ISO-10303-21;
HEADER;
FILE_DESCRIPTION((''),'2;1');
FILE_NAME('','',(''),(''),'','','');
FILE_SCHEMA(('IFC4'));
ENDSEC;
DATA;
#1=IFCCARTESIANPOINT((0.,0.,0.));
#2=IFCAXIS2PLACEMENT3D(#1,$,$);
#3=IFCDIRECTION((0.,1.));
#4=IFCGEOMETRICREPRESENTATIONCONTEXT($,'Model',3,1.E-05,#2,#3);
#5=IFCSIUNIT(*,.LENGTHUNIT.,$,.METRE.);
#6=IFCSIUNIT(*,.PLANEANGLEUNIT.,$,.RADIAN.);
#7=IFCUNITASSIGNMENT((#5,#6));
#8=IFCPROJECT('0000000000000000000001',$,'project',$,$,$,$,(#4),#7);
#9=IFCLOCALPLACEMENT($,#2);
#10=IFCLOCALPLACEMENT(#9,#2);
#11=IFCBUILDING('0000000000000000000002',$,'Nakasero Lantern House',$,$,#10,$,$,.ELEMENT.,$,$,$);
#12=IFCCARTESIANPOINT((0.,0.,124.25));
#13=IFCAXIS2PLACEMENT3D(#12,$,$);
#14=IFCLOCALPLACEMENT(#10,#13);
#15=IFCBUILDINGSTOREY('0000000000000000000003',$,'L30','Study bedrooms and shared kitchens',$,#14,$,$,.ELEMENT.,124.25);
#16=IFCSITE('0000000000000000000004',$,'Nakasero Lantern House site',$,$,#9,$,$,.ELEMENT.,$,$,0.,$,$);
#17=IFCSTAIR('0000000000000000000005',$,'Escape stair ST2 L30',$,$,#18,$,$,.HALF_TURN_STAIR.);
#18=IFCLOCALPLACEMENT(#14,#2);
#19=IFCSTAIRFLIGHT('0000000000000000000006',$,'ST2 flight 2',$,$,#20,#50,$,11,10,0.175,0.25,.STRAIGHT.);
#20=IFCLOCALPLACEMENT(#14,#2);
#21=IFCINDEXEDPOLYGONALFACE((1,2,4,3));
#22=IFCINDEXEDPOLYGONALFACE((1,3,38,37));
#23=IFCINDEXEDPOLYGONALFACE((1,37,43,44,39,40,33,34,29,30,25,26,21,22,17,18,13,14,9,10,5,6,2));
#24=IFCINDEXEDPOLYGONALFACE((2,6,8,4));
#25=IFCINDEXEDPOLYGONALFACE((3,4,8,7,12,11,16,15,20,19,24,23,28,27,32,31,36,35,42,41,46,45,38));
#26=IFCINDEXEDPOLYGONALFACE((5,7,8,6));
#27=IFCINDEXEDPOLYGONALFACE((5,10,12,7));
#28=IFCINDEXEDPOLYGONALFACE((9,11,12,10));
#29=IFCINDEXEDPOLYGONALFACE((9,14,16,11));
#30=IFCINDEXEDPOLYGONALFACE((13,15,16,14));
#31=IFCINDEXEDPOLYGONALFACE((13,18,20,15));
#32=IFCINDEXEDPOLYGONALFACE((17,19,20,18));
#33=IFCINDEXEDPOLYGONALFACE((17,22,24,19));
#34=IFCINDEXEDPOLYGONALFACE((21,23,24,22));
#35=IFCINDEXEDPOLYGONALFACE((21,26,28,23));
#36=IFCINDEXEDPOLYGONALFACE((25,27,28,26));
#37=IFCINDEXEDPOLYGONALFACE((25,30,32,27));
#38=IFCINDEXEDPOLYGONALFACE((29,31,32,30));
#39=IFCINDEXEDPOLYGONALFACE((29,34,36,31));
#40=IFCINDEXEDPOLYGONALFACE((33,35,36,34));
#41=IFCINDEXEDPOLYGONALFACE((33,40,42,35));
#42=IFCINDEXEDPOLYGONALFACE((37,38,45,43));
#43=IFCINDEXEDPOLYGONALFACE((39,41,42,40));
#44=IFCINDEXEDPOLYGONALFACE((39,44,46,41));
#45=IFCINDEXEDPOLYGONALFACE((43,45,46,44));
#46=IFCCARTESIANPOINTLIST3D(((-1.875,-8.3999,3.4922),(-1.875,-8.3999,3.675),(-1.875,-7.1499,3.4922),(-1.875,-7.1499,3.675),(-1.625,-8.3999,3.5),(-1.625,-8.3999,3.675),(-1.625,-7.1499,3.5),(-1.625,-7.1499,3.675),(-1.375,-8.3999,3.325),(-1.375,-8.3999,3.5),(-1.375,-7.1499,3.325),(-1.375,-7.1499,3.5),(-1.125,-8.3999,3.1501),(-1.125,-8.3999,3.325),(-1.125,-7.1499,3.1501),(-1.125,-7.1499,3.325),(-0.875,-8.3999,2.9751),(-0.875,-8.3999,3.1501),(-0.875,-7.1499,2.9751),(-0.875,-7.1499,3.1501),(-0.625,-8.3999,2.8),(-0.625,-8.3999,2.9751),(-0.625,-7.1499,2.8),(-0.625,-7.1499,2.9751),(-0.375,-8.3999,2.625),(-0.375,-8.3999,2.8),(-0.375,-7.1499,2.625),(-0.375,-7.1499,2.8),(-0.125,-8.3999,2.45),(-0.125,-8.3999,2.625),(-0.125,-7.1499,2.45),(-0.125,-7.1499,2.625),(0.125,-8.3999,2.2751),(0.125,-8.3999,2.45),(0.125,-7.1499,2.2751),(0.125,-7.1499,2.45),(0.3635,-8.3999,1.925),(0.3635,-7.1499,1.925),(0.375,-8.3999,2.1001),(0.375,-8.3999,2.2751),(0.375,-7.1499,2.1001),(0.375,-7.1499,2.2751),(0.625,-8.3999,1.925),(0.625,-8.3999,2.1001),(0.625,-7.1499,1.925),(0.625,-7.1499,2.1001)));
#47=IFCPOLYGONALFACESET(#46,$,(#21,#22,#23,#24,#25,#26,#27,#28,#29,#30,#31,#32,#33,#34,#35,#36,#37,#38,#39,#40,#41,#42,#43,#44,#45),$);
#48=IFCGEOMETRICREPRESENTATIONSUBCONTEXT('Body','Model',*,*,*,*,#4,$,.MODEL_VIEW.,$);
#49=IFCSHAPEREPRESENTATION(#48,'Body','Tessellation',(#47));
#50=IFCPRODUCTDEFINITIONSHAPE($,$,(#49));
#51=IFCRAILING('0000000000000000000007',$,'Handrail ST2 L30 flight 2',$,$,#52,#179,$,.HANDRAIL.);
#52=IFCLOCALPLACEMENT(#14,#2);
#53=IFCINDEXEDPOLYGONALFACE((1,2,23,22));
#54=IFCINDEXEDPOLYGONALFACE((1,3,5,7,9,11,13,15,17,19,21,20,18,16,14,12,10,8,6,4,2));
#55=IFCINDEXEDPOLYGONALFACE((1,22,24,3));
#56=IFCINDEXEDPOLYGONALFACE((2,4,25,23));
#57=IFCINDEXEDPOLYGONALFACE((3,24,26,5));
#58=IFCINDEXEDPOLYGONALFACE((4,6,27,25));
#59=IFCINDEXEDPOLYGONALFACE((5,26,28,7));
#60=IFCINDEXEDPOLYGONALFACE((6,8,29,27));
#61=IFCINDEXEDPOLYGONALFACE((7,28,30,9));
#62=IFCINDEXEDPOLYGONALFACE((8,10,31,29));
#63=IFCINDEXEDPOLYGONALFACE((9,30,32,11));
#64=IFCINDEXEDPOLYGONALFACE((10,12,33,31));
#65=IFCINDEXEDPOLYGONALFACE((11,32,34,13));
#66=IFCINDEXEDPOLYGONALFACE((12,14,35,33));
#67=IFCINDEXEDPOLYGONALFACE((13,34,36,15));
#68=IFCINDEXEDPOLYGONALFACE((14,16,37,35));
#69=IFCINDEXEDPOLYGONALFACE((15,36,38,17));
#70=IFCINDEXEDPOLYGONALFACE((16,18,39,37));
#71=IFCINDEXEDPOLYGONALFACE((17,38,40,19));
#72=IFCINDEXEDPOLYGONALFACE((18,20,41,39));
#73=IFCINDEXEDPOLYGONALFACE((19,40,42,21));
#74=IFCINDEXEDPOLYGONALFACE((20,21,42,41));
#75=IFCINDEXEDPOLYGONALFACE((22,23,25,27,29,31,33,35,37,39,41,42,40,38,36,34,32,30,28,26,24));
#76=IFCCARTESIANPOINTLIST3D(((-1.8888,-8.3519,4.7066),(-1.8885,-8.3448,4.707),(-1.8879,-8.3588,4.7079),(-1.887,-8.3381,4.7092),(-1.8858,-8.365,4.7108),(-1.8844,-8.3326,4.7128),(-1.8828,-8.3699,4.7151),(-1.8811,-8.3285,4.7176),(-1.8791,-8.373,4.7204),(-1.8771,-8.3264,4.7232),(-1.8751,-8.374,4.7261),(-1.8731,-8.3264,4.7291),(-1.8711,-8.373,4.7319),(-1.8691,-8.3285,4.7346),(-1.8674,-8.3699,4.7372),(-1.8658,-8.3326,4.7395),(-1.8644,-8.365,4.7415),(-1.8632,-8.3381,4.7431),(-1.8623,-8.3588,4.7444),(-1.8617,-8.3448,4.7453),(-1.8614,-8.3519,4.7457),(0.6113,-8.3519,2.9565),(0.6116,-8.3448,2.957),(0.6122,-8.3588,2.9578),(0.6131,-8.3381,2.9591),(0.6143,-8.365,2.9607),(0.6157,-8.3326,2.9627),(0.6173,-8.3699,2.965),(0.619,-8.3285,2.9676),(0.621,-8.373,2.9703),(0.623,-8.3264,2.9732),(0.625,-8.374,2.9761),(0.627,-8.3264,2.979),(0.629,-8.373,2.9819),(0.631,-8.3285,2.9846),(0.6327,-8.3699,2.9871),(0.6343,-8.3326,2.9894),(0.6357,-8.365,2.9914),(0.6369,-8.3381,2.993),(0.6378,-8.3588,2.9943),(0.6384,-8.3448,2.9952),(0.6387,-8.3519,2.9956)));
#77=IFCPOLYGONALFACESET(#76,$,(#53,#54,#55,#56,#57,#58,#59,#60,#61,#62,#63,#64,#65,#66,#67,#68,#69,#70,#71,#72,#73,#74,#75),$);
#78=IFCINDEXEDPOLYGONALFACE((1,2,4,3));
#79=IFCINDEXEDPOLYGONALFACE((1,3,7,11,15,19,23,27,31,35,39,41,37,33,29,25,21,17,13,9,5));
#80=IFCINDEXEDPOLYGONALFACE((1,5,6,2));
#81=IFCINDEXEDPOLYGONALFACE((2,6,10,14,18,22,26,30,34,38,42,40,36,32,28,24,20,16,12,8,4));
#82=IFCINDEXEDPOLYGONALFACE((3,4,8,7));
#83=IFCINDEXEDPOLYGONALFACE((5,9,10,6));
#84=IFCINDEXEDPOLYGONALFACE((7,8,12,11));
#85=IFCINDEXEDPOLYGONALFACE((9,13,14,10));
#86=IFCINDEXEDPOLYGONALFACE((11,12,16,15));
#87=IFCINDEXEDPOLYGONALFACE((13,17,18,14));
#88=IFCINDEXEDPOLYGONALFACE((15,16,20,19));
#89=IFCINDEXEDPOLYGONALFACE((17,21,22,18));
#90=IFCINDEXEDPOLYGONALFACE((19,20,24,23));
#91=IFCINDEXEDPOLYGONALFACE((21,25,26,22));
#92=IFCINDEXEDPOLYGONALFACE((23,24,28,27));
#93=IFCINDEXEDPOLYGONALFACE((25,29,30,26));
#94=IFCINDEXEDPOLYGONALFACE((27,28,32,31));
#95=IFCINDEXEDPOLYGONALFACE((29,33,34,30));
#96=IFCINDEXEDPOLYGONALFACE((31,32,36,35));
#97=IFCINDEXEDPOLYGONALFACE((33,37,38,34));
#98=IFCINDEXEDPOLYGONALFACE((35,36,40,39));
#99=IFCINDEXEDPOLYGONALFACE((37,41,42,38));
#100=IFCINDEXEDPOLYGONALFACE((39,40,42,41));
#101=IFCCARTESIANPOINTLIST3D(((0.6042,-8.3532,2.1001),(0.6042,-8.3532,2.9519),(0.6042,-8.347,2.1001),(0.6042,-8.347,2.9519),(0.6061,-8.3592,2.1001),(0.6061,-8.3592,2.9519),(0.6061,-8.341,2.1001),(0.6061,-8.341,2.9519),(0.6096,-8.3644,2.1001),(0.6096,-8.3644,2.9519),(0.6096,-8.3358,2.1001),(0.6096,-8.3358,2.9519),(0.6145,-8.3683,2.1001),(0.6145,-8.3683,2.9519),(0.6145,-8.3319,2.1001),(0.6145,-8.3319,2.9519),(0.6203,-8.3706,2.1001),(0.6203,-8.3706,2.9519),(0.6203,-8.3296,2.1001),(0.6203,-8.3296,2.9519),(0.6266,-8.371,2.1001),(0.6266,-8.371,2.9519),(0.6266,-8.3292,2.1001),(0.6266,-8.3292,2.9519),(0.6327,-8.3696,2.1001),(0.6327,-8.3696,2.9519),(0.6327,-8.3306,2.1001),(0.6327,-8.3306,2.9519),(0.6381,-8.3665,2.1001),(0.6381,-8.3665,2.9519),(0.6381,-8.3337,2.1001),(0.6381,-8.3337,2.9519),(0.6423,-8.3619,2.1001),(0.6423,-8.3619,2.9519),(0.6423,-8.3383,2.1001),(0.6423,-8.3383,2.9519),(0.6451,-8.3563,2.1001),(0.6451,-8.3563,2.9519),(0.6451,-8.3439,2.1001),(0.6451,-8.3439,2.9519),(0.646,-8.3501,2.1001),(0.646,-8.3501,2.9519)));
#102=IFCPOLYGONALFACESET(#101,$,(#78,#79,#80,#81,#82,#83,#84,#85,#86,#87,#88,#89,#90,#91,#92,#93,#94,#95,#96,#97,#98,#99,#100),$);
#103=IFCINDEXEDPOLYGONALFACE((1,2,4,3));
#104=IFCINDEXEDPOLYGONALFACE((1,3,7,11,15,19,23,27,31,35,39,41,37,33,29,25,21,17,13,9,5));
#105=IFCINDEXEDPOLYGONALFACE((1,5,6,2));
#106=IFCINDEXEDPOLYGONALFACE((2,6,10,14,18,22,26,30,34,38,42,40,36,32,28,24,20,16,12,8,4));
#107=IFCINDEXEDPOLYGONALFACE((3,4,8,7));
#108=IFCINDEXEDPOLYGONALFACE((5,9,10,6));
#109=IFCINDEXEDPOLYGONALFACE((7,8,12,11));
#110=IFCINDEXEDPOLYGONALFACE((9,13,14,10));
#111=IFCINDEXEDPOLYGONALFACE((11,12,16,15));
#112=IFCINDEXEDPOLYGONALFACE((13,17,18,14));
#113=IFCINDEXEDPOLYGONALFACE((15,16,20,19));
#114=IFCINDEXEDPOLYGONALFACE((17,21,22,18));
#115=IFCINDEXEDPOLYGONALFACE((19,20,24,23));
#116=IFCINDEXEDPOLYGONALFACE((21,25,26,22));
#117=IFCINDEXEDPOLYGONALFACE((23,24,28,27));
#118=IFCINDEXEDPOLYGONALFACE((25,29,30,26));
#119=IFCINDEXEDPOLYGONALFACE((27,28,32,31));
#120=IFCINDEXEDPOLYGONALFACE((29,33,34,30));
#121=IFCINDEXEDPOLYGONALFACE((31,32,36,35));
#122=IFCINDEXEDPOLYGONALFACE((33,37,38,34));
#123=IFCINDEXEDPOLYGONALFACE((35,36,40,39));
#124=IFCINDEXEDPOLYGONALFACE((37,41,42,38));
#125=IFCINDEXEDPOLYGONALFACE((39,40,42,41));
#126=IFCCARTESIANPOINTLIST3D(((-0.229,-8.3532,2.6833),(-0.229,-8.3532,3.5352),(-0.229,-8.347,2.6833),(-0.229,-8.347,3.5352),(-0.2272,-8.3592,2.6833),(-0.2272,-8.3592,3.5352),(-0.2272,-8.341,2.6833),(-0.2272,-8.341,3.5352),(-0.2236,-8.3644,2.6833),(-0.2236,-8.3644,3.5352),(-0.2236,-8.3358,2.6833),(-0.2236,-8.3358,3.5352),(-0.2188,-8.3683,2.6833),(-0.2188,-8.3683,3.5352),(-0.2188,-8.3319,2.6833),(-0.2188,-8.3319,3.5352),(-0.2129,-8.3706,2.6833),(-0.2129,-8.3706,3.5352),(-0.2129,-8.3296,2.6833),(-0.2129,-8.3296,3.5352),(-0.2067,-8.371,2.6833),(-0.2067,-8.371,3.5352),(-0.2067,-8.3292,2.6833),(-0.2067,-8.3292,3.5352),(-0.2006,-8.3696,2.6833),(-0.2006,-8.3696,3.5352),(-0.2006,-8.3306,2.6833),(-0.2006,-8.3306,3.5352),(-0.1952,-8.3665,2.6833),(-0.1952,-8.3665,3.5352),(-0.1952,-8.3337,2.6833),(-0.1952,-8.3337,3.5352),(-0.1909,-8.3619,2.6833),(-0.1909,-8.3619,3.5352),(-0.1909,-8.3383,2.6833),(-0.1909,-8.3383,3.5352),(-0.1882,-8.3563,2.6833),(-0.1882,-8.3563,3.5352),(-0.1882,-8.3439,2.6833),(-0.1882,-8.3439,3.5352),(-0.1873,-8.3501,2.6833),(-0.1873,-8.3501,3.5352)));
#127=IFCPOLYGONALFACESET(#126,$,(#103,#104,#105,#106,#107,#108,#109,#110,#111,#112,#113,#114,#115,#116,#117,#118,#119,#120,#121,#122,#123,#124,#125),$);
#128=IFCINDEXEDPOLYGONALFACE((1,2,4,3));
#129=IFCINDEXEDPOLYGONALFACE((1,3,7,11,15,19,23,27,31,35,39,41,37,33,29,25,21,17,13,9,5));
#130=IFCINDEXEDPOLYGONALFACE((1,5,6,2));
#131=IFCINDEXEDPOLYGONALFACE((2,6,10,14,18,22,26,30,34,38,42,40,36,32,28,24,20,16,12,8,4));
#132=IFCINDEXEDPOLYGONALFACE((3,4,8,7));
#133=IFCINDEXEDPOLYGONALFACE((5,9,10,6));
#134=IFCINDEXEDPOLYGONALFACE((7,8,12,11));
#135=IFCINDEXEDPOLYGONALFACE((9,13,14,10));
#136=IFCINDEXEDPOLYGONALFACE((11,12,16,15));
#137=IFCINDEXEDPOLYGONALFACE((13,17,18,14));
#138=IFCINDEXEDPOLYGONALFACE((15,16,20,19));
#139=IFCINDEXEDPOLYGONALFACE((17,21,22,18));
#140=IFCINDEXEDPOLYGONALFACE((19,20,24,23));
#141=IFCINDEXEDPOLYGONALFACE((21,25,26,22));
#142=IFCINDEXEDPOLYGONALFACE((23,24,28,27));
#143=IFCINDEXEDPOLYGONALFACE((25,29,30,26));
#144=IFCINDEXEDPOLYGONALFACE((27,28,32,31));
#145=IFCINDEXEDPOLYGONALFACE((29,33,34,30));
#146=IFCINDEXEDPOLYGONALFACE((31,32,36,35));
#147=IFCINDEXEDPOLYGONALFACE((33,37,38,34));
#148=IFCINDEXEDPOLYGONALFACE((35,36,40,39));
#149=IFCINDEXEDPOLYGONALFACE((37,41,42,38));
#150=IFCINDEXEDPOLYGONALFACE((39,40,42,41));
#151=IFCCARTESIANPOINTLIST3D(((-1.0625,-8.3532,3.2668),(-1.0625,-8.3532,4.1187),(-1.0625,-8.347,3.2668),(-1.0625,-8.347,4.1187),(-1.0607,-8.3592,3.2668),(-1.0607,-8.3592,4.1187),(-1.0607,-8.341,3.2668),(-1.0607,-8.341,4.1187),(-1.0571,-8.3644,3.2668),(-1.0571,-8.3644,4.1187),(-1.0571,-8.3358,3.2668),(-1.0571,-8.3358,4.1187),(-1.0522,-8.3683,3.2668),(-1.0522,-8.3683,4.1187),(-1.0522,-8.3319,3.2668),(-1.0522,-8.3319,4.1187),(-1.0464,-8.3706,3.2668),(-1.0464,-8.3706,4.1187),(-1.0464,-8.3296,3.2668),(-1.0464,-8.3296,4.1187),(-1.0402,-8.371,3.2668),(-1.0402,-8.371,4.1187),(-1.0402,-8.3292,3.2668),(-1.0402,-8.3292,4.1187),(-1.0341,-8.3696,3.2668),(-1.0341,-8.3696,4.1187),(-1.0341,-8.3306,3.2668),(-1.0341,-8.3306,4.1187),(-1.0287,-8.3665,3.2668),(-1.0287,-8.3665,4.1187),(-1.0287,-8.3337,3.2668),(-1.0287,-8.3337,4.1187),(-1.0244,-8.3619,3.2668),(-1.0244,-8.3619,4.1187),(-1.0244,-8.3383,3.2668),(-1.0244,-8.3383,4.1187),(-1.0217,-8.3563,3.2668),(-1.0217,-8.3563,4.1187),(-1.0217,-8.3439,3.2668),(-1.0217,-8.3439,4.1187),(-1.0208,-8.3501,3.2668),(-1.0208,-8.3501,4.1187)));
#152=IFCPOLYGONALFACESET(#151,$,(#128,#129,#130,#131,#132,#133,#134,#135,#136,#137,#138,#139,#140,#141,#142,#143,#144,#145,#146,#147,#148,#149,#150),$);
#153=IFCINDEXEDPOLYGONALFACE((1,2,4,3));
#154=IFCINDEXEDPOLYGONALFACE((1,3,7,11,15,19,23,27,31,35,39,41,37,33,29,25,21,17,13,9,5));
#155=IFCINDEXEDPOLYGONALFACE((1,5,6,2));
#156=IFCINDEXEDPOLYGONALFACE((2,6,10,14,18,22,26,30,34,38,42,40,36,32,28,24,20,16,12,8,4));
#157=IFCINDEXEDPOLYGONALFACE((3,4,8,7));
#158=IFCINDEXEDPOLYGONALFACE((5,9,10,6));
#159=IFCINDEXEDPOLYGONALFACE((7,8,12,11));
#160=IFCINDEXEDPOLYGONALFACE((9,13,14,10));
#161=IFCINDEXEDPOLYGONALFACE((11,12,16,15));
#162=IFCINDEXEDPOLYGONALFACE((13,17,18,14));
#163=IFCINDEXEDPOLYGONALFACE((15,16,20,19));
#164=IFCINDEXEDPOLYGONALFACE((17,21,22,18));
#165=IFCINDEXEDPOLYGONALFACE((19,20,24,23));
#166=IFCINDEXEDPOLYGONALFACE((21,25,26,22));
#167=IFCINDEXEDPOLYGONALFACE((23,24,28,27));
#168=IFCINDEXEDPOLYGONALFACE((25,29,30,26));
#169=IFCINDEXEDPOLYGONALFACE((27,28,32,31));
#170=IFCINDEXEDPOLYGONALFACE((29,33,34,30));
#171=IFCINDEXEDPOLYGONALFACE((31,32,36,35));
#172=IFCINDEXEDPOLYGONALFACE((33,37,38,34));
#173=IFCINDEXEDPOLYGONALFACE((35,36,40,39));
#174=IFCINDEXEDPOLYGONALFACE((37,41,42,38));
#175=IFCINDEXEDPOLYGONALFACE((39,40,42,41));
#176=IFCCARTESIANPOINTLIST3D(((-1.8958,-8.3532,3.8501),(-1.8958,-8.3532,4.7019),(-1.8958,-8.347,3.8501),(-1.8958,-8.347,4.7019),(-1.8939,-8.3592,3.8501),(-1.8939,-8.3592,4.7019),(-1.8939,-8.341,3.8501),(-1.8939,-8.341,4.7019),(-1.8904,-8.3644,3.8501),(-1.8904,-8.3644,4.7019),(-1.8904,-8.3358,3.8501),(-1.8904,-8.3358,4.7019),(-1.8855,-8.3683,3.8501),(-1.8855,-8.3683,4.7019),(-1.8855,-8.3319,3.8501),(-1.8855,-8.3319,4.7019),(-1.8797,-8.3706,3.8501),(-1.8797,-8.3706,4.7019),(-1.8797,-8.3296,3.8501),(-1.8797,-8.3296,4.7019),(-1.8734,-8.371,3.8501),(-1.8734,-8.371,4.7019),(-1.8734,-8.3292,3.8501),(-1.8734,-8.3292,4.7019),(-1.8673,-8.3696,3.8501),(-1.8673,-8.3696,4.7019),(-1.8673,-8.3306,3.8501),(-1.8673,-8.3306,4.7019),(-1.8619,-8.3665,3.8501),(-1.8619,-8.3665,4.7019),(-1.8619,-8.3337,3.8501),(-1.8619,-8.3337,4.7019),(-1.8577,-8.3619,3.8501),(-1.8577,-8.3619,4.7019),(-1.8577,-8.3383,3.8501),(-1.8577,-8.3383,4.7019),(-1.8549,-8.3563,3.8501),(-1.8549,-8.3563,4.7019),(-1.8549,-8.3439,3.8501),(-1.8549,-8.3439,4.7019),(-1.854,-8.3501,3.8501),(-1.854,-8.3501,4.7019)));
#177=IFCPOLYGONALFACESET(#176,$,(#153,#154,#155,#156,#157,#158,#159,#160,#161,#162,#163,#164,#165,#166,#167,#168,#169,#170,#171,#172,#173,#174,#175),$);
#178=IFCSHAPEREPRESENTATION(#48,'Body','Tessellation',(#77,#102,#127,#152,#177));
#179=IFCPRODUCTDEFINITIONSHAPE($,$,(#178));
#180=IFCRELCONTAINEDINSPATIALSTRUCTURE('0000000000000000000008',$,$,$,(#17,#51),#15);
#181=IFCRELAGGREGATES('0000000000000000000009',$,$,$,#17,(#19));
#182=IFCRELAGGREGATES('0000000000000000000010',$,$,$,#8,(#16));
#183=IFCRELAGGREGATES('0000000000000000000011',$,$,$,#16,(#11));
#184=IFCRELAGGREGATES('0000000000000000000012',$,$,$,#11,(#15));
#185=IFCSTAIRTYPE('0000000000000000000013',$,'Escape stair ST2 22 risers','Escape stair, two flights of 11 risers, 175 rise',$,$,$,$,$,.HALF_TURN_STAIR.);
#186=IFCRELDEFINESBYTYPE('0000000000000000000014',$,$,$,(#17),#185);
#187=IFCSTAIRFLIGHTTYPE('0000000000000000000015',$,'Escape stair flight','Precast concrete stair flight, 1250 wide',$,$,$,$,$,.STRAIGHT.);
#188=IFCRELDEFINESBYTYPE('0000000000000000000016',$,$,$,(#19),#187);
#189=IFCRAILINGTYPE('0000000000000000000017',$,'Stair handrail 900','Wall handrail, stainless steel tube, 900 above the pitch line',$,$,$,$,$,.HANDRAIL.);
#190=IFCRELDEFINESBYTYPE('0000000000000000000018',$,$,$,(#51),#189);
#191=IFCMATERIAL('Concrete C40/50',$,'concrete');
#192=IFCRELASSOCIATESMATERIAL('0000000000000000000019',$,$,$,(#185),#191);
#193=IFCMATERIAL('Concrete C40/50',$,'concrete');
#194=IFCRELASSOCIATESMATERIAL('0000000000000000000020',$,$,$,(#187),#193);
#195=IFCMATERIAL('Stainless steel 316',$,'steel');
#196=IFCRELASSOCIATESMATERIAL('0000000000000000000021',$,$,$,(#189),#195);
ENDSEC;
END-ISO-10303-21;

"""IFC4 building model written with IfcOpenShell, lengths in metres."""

from ifc_helpers import new_model, si_unit, direction, frame, origin, origin_2d, place, context, subcontext, project, spatial, polyline, circle, outline, extrude, material, type_object, element, aggregate, save


model = new_model("IFC4")

# Units and contexts
model_context = context("Model", 3, precision=1e-05, world=origin(), true_north=direction((0.0, 1.0)))
body_context = subcontext(model_context, "Body", "Model", "MODEL_VIEW")
ifc_project = project(units=[si_unit("LENGTHUNIT", "METRE"), si_unit("PLANEANGLEUNIT", "RADIAN")], contexts=[model_context])

# Site, building, storey
site_placement = place(None, origin())
site = spatial("IfcSite", under=ifc_project, at=site_placement, Name="Nakasero Lantern House site", CompositionType="ELEMENT", RefElevation=0.0)
building_placement = place(site_placement, origin())
building = spatial("IfcBuilding", under=site, at=building_placement, Name="Nakasero Lantern House", CompositionType="ELEMENT")
storey_placement = place(building_placement, frame((0.0, 0.0, 124.25)))
storey = spatial("IfcBuildingStorey", under=building, at=storey_placement, Name="L30", Description="Study bedrooms and shared kitchens", CompositionType="ELEMENT", Elevation=124.25)

# Stair, stair flight
ifc_material_1 = material(Name="Concrete C40/50", Category="concrete")
stair_type = type_object("IfcStairType", Name="Escape stair ST2 22 risers", Description="Escape stair, two flights of 11 risers, 175 rise", PredefinedType="HALF_TURN_STAIR", material=ifc_material_1)
stair_placement = place(storey_placement, origin())
stair = element("IfcStair", 1, at=stair_placement, inside=storey, type_object=stair_type, Name="Escape stair ST2 L30", PredefinedType="HALF_TURN_STAIR")
ifc_material_2 = material(Name="Concrete C40/50", Category="concrete")
stair_flight_type = type_object("IfcStairFlightType", Name="Escape stair flight", Description="Precast concrete stair flight, 1250 wide", PredefinedType="STRAIGHT", material=ifc_material_2)
stair_flight_placement = place(storey_placement, frame((0.625, -7.7749, 1.925), z_axis=(0.0, 0.0, 1.0), x_axis=(-1.0, 0.0, 0.0)))
stair_flight = element("IfcStairFlight", 2, at=stair_flight_placement, type_object=stair_flight_type, Name="ST2 flight 2", NumberOfRisers=11, NumberOfTreads=10, PredefinedType="STRAIGHT", RiserHeight=0.175, TreadLength=0.25, context=body_context, shape_type="SweptSolid", body=[
    extrude(outline(polyline([(0.0, 0.0), (0.0, 0.175), (0.25, 0.175), (0.25, 0.3501), (0.5, 0.3501), (0.5, 0.5249), (0.75, 0.5249), (0.75, 0.7), (1.0, 0.7), (1.0, 0.875), (1.25, 0.875), (1.25, 1.05), (1.5, 1.05), (1.5, 1.2251), (1.75, 1.2251), (1.75, 1.3999), (2.0, 1.3999), (2.0, 1.575), (2.25, 1.575), (2.25, 1.75), (2.5, 1.75), (2.5, 1.925), (2.5, 1.5671), (0.2615, 0.0), (0.0, 0.0)])), frame((0.0, 0.625, 0.0), z_axis=(0.0, -1.0, 0.0), x_axis=(1.0, 0.0, 0.0)), (0.0, 0.0, 1.0), 1.25),
])
aggregate(stair, [stair_flight])

# Railing
ifc_material_3 = material(Name="Stainless steel 316", Category="steel")
railing_type = type_object("IfcRailingType", Name="Stair handrail 900", Description="Wall handrail, stainless steel tube, 900 above the pitch line", PredefinedType="HANDRAIL", material=ifc_material_3)
railing_placement = place(storey_placement, frame((0.625, -8.3501, 2.1001)))
element("IfcRailing", 3, at=railing_placement, inside=storey, type_object=railing_type, Name="Handrail ST2 L30 flight 2", PredefinedType="HANDRAIL", context=body_context, shape_type="SweptSolid", body=[
    extrude(circle(Radius=0.0239, at=origin_2d()), frame((0.0, 0.0, 0.876), z_axis=(-0.819232, 0.0, 0.573462), x_axis=(0.0, -1.0, 0.0)), (0.0, 0.0, 1.0), 3.0518),
    extrude(circle(Radius=0.021, at=origin_2d()), origin(), (0.0, 0.0, 1.0), 0.8518),
    extrude(circle(Radius=0.021, at=origin_2d()), frame((-0.8333, 0.0, 0.5833)), (0.0, 0.0, 1.0), 0.8518),
    extrude(circle(Radius=0.021, at=origin_2d()), frame((-1.6667, 0.0, 1.1667)), (0.0, 0.0, 1.0), 0.8518),
    extrude(circle(Radius=0.021, at=origin_2d()), frame((-2.5, 0.0, 1.75)), (0.0, 0.0, 1.0), 0.8518),
])

save(model, "model.ifc")
